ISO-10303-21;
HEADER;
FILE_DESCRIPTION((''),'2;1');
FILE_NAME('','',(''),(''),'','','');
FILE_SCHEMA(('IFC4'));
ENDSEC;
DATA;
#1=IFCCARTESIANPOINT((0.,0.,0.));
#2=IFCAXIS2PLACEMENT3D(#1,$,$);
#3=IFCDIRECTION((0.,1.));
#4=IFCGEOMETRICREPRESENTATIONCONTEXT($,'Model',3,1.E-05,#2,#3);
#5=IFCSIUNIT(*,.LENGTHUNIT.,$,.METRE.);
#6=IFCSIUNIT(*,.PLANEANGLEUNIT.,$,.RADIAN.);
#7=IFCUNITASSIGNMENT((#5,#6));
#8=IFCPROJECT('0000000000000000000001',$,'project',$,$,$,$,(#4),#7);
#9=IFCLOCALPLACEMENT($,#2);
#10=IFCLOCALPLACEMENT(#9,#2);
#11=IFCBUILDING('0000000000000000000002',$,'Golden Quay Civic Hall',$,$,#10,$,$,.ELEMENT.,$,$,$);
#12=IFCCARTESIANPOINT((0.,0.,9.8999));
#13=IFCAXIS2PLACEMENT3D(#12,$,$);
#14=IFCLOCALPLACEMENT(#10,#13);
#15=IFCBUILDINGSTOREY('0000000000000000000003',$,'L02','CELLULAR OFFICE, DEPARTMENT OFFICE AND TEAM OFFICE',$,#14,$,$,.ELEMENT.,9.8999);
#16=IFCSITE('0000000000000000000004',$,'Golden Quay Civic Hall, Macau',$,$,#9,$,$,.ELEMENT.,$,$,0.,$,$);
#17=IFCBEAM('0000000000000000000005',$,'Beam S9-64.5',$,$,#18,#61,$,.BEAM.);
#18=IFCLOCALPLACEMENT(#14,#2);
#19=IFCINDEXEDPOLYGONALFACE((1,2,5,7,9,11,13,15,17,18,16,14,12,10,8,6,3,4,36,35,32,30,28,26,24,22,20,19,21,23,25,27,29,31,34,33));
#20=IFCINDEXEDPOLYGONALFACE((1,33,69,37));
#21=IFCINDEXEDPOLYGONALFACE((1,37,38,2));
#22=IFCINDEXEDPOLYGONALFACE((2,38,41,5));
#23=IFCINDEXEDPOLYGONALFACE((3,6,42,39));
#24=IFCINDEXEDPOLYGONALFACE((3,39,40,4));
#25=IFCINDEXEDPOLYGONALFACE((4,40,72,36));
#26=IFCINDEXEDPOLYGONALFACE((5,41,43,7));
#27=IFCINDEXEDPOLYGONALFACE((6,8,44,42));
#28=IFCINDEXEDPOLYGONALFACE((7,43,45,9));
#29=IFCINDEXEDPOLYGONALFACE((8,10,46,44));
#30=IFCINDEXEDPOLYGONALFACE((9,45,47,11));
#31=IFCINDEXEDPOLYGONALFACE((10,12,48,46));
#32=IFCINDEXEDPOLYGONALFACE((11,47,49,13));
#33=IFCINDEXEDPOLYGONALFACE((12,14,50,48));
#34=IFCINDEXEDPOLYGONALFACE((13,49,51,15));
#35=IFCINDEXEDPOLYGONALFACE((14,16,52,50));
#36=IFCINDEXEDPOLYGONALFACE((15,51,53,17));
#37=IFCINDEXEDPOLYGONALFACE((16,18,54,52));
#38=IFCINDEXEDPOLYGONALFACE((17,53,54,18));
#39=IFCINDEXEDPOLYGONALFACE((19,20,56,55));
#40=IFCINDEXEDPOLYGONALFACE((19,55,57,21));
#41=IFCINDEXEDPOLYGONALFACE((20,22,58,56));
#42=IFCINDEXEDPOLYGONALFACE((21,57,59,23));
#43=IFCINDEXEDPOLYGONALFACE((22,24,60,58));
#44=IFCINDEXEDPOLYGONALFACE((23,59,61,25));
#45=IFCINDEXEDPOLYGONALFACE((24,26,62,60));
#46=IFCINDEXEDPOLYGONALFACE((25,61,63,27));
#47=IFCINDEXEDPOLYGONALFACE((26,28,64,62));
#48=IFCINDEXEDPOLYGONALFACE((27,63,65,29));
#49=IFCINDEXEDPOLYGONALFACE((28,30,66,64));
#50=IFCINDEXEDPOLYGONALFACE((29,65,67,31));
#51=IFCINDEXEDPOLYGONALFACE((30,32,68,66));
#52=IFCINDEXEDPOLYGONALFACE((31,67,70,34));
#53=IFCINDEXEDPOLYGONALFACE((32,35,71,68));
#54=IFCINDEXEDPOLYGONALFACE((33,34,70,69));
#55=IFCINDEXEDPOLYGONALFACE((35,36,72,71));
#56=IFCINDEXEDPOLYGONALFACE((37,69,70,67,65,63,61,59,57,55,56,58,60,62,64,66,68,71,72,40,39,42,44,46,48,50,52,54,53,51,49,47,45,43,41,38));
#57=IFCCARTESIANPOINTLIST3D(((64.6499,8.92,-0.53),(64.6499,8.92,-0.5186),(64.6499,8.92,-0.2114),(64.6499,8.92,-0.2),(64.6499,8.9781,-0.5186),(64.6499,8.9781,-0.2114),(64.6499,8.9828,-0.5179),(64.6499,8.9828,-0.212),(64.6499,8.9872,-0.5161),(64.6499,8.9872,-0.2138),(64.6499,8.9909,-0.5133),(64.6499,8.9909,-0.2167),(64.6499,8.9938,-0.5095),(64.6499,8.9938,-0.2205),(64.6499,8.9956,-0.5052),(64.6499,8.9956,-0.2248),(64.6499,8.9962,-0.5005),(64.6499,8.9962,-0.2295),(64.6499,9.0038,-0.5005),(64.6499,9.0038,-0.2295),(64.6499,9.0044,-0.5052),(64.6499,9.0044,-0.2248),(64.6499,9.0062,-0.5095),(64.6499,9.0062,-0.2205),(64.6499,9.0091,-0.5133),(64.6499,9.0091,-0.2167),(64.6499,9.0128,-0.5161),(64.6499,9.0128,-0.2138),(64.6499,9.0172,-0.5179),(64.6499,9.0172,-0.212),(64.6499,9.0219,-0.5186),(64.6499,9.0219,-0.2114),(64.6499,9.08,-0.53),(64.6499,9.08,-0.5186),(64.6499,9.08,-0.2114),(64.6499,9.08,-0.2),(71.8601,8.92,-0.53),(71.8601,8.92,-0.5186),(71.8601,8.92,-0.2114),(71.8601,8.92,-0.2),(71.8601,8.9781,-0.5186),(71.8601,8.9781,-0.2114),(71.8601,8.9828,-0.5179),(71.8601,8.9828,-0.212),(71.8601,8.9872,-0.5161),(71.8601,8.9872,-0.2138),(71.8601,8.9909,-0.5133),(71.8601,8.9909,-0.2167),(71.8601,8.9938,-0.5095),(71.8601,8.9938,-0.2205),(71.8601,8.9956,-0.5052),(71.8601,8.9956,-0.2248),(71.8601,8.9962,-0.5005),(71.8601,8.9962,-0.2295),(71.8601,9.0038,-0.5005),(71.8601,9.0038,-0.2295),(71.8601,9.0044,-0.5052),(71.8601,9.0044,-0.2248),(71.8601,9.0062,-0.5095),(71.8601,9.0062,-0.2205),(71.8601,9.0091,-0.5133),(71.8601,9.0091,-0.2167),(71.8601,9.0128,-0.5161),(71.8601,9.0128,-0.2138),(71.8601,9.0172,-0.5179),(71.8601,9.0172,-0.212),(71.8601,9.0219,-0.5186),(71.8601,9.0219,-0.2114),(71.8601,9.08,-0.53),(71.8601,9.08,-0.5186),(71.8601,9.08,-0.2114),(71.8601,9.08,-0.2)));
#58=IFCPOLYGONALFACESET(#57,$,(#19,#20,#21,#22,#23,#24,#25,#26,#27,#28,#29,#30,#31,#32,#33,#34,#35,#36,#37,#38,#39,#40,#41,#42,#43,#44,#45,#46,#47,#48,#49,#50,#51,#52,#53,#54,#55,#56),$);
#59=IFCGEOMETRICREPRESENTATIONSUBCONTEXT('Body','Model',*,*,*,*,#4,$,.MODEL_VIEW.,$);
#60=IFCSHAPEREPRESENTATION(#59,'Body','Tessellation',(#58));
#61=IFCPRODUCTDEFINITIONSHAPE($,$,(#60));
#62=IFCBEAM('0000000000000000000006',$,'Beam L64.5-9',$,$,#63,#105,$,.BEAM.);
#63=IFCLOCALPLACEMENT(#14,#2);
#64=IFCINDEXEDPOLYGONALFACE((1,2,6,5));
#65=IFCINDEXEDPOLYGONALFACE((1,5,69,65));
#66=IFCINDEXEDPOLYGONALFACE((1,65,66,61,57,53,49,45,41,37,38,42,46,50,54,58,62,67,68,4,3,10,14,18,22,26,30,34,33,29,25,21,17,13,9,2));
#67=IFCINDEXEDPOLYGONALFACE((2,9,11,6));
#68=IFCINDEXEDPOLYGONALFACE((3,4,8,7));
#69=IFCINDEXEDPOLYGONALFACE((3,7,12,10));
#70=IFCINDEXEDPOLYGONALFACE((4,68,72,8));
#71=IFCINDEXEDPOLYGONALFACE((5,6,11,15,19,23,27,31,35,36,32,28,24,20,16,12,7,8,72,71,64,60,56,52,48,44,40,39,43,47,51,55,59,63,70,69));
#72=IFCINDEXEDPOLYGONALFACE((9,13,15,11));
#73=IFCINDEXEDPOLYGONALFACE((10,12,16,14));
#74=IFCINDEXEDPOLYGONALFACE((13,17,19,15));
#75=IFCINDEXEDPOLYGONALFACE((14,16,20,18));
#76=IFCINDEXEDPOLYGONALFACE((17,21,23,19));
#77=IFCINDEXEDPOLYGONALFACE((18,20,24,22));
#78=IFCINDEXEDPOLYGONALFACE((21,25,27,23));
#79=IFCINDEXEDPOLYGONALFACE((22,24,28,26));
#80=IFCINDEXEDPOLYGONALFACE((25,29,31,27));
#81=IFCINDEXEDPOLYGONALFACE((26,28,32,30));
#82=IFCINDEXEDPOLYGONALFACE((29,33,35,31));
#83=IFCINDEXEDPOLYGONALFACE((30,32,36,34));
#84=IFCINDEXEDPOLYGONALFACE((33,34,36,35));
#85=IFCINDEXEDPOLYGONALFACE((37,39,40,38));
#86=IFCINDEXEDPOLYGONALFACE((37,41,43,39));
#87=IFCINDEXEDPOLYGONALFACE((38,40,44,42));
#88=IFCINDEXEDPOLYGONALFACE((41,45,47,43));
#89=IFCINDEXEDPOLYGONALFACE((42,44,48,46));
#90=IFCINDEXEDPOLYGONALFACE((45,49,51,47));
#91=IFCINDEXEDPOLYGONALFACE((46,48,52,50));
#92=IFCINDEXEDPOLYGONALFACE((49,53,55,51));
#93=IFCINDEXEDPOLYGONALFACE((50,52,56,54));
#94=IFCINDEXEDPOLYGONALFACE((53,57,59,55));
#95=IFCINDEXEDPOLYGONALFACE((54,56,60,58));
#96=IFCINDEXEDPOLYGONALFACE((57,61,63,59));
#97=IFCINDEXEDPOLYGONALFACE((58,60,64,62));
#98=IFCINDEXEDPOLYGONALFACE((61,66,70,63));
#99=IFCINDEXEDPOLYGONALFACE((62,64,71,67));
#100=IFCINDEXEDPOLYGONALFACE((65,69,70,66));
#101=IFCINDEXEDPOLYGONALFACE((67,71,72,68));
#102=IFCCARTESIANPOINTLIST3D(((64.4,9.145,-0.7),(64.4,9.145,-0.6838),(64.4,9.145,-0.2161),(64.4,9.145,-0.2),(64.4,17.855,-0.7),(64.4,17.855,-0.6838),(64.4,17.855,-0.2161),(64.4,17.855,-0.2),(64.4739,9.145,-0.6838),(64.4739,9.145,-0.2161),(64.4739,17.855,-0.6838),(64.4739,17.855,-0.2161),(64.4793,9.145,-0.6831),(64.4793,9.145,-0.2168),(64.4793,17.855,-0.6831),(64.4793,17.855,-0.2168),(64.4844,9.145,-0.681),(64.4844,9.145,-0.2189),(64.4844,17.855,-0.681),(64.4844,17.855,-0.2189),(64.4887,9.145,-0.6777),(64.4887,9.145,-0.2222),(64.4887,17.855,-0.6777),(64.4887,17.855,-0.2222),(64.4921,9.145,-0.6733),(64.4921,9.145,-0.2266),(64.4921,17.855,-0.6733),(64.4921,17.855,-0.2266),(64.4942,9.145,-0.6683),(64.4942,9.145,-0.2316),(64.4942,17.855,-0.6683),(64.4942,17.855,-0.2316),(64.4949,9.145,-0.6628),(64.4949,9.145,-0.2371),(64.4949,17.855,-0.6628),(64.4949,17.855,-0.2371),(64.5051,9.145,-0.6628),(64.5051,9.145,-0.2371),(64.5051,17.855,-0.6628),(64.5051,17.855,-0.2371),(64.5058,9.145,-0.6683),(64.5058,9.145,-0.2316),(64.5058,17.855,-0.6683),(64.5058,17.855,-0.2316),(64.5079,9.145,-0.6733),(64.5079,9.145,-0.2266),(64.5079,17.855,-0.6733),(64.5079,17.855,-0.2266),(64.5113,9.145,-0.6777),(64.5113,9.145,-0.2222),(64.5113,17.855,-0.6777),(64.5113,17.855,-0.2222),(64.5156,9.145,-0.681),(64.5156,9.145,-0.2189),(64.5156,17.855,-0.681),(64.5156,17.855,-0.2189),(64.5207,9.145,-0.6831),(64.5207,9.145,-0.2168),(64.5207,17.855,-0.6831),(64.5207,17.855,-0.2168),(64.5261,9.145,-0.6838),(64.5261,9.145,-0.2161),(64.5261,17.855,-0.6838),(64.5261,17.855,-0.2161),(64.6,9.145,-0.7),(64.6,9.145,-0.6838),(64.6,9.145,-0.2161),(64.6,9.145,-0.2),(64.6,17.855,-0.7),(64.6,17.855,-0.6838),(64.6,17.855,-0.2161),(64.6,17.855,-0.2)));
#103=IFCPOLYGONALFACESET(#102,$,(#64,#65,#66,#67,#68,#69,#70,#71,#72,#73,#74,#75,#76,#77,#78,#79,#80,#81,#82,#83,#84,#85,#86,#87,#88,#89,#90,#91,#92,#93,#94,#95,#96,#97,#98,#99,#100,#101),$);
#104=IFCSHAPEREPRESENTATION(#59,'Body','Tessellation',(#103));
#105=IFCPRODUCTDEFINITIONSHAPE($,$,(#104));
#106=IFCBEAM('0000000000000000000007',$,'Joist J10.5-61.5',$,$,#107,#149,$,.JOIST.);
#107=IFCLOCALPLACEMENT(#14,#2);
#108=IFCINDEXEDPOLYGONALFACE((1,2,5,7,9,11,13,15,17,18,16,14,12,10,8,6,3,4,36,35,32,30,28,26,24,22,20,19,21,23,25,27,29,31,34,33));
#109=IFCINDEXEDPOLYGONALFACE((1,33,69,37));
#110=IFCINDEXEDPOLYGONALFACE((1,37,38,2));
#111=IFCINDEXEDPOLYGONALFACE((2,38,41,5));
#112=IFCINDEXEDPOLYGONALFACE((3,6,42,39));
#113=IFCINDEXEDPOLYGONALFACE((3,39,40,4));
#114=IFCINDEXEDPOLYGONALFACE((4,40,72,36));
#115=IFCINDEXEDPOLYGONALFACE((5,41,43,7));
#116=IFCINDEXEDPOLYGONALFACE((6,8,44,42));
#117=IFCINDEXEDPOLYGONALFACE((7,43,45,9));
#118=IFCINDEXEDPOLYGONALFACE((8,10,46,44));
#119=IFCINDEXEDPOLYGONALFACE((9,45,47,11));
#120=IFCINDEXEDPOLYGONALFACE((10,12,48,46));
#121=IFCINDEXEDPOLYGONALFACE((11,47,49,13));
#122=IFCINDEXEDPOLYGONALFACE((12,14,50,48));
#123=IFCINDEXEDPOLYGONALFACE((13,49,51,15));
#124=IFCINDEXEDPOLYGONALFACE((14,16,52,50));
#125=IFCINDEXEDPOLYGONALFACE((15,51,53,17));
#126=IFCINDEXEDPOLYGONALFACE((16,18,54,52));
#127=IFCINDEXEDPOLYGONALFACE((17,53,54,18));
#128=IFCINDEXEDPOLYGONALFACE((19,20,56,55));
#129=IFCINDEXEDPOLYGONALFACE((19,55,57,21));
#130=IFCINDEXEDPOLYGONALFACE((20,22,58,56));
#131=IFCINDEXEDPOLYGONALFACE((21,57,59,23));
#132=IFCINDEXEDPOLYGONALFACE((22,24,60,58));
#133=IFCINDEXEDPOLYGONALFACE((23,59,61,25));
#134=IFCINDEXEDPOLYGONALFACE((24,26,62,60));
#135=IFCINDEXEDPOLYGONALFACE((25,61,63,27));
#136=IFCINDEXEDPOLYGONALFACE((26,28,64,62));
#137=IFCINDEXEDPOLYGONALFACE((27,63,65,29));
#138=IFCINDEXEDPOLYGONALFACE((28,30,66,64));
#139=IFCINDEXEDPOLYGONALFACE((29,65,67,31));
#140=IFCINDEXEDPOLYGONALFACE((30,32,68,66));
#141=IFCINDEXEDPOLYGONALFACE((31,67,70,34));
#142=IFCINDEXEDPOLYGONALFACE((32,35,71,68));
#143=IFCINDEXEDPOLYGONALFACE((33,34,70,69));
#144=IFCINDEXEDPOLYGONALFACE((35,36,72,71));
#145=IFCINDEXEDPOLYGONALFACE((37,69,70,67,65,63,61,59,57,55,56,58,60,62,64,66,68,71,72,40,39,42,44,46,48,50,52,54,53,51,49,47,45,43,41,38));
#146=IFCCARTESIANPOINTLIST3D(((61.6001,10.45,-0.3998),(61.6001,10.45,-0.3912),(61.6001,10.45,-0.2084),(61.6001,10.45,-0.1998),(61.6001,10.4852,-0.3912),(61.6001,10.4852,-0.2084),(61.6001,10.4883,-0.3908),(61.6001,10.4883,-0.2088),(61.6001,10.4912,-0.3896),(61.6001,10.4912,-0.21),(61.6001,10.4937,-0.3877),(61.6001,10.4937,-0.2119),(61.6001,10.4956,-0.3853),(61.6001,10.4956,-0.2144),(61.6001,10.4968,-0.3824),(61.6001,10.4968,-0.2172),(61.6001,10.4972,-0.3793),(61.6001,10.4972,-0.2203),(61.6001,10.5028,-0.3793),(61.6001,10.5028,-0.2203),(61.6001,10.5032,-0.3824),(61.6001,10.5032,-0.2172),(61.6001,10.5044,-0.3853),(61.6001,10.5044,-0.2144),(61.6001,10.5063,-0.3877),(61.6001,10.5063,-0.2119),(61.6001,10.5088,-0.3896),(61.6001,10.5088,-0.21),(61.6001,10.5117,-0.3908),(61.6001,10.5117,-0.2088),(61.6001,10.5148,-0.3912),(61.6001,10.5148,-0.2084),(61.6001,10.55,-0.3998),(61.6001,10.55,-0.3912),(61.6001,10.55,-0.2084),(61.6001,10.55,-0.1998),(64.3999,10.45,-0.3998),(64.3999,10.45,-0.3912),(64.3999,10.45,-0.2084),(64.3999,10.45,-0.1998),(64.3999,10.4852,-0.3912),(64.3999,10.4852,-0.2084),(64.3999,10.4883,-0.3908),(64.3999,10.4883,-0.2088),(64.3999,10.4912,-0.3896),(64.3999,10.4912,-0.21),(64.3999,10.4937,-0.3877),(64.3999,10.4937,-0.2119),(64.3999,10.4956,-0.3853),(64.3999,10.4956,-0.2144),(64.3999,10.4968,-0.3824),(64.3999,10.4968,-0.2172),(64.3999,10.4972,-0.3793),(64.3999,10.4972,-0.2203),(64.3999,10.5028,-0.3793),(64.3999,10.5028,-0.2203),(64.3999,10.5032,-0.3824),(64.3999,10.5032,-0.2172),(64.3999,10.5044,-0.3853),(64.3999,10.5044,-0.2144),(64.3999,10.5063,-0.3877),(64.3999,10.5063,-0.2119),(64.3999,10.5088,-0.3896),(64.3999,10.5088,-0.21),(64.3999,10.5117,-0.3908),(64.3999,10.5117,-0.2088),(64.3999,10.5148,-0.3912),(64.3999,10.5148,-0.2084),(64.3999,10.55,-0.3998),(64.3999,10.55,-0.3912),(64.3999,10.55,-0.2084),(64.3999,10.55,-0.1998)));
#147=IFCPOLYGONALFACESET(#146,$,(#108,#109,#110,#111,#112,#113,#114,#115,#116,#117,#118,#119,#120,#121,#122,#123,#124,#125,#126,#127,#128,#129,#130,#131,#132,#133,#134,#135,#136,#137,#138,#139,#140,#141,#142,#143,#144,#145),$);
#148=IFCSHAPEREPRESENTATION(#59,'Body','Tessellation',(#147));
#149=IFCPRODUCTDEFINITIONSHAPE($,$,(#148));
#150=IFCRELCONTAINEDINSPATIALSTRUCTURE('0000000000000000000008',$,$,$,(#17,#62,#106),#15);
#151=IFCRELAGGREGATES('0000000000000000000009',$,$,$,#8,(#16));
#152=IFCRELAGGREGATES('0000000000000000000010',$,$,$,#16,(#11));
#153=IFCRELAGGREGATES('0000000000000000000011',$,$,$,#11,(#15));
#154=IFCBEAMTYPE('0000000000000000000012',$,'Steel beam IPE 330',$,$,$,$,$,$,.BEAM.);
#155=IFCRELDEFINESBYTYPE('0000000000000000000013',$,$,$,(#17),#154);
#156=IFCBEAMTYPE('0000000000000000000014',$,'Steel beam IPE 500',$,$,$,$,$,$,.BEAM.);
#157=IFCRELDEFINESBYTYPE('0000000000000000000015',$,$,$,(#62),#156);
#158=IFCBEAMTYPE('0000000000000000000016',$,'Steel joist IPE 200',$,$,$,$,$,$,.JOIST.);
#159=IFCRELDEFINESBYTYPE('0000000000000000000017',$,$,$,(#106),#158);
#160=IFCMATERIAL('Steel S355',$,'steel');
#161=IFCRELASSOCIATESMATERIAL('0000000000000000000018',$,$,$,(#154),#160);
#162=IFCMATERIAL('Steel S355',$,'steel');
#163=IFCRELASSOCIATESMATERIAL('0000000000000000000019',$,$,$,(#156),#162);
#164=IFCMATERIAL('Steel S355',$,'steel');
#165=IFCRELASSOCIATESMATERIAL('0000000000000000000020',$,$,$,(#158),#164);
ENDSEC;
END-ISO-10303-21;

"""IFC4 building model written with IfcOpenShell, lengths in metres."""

from ifc_helpers import new_model, si_unit, direction, frame, origin, origin_2d, place, context, subcontext, project, spatial, i_section, extrude, material, material_profile, profile_set, type_object, element, save


model = new_model("IFC4")

# Units and contexts
model_context = context("Model", 3, precision=1e-05, world=origin(), true_north=direction((0.0, 1.0)))
body_context = subcontext(model_context, "Body", "Model", "MODEL_VIEW")
ifc_project = project(units=[si_unit("LENGTHUNIT", "METRE"), si_unit("PLANEANGLEUNIT", "RADIAN")], contexts=[model_context])

# Site, building, storey
site_placement = place(None, origin())
site = spatial("IfcSite", under=ifc_project, at=site_placement, Name="Golden Quay Civic Hall, Macau", CompositionType="ELEMENT", RefElevation=0.0)
building_placement = place(site_placement, origin())
building = spatial("IfcBuilding", under=site, at=building_placement, Name="Golden Quay Civic Hall", CompositionType="ELEMENT")
storey_placement = place(building_placement, frame((0.0, 0.0, 9.8999)))
storey = spatial("IfcBuildingStorey", under=building, at=storey_placement, Name="L02", Description="CELLULAR OFFICE, DEPARTMENT OFFICE AND TEAM OFFICE", CompositionType="ELEMENT", Elevation=9.8999)

# Beams
ifc_material_1 = material(Name="Steel S355", Category="steel")
ifc_material_profile_1 = material_profile(ifc_material_1, i_section(OverallWidth=0.1599, OverallDepth=0.3301, WebThickness=0.0076, FlangeThickness=0.0115, FilletRadius=0.0181, at=origin_2d()), Name="IPE 330")
ifc_profile_set_1 = profile_set([ifc_material_profile_1], Name="Steel S355")
beam_type_1 = type_object("IfcBeamType", Name="Steel beam IPE 330", PredefinedType="BEAM", material=ifc_profile_set_1)
beam_1_placement = place(storey_placement, frame((64.6499, 9.0, -0.365), z_axis=(1.0, 0.0, 0.0), x_axis=(0.0, 1.0, 0.0)))
element("IfcBeam", 1, at=beam_1_placement, inside=storey, type_object=beam_type_1, Name="Beam S9-64.5", PredefinedType="BEAM", context=body_context, shape_type="SweptSolid", body=[
    extrude(i_section(OverallWidth=0.1599, OverallDepth=0.3301, WebThickness=0.0076, FlangeThickness=0.0115, FilletRadius=0.0181, at=origin_2d()), origin(), (0.0, 0.0, 1.0), 7.2102),
])
ifc_material_2 = material(Name="Steel S355", Category="steel")
ifc_material_profile_2 = material_profile(ifc_material_2, i_section(OverallWidth=0.2, OverallDepth=0.5, WebThickness=0.0103, FlangeThickness=0.0161, FilletRadius=0.021, at=origin_2d()), Name="IPE 500")
ifc_profile_set_2 = profile_set([ifc_material_profile_2], Name="Steel S355")
beam_type_2 = type_object("IfcBeamType", Name="Steel beam IPE 500", PredefinedType="BEAM", material=ifc_profile_set_2)
beam_2_placement = place(storey_placement, frame((64.5, 9.145, -0.45), z_axis=(0.0, 1.0, 0.0), x_axis=(-1.0, 0.0, 0.0)))
element("IfcBeam", 2, at=beam_2_placement, inside=storey, type_object=beam_type_2, Name="Beam L64.5-9", PredefinedType="BEAM", context=body_context, shape_type="SweptSolid", body=[
    extrude(i_section(OverallWidth=0.2, OverallDepth=0.5, WebThickness=0.0103, FlangeThickness=0.0161, FilletRadius=0.021, at=origin_2d()), origin(), (0.0, 0.0, 1.0), 8.71),
])
ifc_material_3 = material(Name="Steel S355", Category="steel")
ifc_material_profile_3 = material_profile(ifc_material_3, i_section(OverallWidth=0.1001, OverallDepth=0.2, WebThickness=0.0056, FlangeThickness=0.0085, FilletRadius=0.012, at=origin_2d()), Name="IPE 200")
ifc_profile_set_3 = profile_set([ifc_material_profile_3], Name="Steel S355")
beam_type_3 = type_object("IfcBeamType", Name="Steel joist IPE 200", PredefinedType="JOIST", material=ifc_profile_set_3)
beam_3_placement = place(storey_placement, frame((61.6001, 10.5, -0.2998), z_axis=(1.0, 0.0, 0.0), x_axis=(0.0, 1.0, 0.0)))
element("IfcBeam", 3, at=beam_3_placement, inside=storey, type_object=beam_type_3, Name="Joist J10.5-61.5", PredefinedType="JOIST", context=body_context, shape_type="SweptSolid", body=[
    extrude(i_section(OverallWidth=0.1001, OverallDepth=0.2, WebThickness=0.0056, FlangeThickness=0.0085, FilletRadius=0.012, at=origin_2d()), origin(), (0.0, 0.0, 1.0), 2.7998),
])

save(model, "model.ifc")
